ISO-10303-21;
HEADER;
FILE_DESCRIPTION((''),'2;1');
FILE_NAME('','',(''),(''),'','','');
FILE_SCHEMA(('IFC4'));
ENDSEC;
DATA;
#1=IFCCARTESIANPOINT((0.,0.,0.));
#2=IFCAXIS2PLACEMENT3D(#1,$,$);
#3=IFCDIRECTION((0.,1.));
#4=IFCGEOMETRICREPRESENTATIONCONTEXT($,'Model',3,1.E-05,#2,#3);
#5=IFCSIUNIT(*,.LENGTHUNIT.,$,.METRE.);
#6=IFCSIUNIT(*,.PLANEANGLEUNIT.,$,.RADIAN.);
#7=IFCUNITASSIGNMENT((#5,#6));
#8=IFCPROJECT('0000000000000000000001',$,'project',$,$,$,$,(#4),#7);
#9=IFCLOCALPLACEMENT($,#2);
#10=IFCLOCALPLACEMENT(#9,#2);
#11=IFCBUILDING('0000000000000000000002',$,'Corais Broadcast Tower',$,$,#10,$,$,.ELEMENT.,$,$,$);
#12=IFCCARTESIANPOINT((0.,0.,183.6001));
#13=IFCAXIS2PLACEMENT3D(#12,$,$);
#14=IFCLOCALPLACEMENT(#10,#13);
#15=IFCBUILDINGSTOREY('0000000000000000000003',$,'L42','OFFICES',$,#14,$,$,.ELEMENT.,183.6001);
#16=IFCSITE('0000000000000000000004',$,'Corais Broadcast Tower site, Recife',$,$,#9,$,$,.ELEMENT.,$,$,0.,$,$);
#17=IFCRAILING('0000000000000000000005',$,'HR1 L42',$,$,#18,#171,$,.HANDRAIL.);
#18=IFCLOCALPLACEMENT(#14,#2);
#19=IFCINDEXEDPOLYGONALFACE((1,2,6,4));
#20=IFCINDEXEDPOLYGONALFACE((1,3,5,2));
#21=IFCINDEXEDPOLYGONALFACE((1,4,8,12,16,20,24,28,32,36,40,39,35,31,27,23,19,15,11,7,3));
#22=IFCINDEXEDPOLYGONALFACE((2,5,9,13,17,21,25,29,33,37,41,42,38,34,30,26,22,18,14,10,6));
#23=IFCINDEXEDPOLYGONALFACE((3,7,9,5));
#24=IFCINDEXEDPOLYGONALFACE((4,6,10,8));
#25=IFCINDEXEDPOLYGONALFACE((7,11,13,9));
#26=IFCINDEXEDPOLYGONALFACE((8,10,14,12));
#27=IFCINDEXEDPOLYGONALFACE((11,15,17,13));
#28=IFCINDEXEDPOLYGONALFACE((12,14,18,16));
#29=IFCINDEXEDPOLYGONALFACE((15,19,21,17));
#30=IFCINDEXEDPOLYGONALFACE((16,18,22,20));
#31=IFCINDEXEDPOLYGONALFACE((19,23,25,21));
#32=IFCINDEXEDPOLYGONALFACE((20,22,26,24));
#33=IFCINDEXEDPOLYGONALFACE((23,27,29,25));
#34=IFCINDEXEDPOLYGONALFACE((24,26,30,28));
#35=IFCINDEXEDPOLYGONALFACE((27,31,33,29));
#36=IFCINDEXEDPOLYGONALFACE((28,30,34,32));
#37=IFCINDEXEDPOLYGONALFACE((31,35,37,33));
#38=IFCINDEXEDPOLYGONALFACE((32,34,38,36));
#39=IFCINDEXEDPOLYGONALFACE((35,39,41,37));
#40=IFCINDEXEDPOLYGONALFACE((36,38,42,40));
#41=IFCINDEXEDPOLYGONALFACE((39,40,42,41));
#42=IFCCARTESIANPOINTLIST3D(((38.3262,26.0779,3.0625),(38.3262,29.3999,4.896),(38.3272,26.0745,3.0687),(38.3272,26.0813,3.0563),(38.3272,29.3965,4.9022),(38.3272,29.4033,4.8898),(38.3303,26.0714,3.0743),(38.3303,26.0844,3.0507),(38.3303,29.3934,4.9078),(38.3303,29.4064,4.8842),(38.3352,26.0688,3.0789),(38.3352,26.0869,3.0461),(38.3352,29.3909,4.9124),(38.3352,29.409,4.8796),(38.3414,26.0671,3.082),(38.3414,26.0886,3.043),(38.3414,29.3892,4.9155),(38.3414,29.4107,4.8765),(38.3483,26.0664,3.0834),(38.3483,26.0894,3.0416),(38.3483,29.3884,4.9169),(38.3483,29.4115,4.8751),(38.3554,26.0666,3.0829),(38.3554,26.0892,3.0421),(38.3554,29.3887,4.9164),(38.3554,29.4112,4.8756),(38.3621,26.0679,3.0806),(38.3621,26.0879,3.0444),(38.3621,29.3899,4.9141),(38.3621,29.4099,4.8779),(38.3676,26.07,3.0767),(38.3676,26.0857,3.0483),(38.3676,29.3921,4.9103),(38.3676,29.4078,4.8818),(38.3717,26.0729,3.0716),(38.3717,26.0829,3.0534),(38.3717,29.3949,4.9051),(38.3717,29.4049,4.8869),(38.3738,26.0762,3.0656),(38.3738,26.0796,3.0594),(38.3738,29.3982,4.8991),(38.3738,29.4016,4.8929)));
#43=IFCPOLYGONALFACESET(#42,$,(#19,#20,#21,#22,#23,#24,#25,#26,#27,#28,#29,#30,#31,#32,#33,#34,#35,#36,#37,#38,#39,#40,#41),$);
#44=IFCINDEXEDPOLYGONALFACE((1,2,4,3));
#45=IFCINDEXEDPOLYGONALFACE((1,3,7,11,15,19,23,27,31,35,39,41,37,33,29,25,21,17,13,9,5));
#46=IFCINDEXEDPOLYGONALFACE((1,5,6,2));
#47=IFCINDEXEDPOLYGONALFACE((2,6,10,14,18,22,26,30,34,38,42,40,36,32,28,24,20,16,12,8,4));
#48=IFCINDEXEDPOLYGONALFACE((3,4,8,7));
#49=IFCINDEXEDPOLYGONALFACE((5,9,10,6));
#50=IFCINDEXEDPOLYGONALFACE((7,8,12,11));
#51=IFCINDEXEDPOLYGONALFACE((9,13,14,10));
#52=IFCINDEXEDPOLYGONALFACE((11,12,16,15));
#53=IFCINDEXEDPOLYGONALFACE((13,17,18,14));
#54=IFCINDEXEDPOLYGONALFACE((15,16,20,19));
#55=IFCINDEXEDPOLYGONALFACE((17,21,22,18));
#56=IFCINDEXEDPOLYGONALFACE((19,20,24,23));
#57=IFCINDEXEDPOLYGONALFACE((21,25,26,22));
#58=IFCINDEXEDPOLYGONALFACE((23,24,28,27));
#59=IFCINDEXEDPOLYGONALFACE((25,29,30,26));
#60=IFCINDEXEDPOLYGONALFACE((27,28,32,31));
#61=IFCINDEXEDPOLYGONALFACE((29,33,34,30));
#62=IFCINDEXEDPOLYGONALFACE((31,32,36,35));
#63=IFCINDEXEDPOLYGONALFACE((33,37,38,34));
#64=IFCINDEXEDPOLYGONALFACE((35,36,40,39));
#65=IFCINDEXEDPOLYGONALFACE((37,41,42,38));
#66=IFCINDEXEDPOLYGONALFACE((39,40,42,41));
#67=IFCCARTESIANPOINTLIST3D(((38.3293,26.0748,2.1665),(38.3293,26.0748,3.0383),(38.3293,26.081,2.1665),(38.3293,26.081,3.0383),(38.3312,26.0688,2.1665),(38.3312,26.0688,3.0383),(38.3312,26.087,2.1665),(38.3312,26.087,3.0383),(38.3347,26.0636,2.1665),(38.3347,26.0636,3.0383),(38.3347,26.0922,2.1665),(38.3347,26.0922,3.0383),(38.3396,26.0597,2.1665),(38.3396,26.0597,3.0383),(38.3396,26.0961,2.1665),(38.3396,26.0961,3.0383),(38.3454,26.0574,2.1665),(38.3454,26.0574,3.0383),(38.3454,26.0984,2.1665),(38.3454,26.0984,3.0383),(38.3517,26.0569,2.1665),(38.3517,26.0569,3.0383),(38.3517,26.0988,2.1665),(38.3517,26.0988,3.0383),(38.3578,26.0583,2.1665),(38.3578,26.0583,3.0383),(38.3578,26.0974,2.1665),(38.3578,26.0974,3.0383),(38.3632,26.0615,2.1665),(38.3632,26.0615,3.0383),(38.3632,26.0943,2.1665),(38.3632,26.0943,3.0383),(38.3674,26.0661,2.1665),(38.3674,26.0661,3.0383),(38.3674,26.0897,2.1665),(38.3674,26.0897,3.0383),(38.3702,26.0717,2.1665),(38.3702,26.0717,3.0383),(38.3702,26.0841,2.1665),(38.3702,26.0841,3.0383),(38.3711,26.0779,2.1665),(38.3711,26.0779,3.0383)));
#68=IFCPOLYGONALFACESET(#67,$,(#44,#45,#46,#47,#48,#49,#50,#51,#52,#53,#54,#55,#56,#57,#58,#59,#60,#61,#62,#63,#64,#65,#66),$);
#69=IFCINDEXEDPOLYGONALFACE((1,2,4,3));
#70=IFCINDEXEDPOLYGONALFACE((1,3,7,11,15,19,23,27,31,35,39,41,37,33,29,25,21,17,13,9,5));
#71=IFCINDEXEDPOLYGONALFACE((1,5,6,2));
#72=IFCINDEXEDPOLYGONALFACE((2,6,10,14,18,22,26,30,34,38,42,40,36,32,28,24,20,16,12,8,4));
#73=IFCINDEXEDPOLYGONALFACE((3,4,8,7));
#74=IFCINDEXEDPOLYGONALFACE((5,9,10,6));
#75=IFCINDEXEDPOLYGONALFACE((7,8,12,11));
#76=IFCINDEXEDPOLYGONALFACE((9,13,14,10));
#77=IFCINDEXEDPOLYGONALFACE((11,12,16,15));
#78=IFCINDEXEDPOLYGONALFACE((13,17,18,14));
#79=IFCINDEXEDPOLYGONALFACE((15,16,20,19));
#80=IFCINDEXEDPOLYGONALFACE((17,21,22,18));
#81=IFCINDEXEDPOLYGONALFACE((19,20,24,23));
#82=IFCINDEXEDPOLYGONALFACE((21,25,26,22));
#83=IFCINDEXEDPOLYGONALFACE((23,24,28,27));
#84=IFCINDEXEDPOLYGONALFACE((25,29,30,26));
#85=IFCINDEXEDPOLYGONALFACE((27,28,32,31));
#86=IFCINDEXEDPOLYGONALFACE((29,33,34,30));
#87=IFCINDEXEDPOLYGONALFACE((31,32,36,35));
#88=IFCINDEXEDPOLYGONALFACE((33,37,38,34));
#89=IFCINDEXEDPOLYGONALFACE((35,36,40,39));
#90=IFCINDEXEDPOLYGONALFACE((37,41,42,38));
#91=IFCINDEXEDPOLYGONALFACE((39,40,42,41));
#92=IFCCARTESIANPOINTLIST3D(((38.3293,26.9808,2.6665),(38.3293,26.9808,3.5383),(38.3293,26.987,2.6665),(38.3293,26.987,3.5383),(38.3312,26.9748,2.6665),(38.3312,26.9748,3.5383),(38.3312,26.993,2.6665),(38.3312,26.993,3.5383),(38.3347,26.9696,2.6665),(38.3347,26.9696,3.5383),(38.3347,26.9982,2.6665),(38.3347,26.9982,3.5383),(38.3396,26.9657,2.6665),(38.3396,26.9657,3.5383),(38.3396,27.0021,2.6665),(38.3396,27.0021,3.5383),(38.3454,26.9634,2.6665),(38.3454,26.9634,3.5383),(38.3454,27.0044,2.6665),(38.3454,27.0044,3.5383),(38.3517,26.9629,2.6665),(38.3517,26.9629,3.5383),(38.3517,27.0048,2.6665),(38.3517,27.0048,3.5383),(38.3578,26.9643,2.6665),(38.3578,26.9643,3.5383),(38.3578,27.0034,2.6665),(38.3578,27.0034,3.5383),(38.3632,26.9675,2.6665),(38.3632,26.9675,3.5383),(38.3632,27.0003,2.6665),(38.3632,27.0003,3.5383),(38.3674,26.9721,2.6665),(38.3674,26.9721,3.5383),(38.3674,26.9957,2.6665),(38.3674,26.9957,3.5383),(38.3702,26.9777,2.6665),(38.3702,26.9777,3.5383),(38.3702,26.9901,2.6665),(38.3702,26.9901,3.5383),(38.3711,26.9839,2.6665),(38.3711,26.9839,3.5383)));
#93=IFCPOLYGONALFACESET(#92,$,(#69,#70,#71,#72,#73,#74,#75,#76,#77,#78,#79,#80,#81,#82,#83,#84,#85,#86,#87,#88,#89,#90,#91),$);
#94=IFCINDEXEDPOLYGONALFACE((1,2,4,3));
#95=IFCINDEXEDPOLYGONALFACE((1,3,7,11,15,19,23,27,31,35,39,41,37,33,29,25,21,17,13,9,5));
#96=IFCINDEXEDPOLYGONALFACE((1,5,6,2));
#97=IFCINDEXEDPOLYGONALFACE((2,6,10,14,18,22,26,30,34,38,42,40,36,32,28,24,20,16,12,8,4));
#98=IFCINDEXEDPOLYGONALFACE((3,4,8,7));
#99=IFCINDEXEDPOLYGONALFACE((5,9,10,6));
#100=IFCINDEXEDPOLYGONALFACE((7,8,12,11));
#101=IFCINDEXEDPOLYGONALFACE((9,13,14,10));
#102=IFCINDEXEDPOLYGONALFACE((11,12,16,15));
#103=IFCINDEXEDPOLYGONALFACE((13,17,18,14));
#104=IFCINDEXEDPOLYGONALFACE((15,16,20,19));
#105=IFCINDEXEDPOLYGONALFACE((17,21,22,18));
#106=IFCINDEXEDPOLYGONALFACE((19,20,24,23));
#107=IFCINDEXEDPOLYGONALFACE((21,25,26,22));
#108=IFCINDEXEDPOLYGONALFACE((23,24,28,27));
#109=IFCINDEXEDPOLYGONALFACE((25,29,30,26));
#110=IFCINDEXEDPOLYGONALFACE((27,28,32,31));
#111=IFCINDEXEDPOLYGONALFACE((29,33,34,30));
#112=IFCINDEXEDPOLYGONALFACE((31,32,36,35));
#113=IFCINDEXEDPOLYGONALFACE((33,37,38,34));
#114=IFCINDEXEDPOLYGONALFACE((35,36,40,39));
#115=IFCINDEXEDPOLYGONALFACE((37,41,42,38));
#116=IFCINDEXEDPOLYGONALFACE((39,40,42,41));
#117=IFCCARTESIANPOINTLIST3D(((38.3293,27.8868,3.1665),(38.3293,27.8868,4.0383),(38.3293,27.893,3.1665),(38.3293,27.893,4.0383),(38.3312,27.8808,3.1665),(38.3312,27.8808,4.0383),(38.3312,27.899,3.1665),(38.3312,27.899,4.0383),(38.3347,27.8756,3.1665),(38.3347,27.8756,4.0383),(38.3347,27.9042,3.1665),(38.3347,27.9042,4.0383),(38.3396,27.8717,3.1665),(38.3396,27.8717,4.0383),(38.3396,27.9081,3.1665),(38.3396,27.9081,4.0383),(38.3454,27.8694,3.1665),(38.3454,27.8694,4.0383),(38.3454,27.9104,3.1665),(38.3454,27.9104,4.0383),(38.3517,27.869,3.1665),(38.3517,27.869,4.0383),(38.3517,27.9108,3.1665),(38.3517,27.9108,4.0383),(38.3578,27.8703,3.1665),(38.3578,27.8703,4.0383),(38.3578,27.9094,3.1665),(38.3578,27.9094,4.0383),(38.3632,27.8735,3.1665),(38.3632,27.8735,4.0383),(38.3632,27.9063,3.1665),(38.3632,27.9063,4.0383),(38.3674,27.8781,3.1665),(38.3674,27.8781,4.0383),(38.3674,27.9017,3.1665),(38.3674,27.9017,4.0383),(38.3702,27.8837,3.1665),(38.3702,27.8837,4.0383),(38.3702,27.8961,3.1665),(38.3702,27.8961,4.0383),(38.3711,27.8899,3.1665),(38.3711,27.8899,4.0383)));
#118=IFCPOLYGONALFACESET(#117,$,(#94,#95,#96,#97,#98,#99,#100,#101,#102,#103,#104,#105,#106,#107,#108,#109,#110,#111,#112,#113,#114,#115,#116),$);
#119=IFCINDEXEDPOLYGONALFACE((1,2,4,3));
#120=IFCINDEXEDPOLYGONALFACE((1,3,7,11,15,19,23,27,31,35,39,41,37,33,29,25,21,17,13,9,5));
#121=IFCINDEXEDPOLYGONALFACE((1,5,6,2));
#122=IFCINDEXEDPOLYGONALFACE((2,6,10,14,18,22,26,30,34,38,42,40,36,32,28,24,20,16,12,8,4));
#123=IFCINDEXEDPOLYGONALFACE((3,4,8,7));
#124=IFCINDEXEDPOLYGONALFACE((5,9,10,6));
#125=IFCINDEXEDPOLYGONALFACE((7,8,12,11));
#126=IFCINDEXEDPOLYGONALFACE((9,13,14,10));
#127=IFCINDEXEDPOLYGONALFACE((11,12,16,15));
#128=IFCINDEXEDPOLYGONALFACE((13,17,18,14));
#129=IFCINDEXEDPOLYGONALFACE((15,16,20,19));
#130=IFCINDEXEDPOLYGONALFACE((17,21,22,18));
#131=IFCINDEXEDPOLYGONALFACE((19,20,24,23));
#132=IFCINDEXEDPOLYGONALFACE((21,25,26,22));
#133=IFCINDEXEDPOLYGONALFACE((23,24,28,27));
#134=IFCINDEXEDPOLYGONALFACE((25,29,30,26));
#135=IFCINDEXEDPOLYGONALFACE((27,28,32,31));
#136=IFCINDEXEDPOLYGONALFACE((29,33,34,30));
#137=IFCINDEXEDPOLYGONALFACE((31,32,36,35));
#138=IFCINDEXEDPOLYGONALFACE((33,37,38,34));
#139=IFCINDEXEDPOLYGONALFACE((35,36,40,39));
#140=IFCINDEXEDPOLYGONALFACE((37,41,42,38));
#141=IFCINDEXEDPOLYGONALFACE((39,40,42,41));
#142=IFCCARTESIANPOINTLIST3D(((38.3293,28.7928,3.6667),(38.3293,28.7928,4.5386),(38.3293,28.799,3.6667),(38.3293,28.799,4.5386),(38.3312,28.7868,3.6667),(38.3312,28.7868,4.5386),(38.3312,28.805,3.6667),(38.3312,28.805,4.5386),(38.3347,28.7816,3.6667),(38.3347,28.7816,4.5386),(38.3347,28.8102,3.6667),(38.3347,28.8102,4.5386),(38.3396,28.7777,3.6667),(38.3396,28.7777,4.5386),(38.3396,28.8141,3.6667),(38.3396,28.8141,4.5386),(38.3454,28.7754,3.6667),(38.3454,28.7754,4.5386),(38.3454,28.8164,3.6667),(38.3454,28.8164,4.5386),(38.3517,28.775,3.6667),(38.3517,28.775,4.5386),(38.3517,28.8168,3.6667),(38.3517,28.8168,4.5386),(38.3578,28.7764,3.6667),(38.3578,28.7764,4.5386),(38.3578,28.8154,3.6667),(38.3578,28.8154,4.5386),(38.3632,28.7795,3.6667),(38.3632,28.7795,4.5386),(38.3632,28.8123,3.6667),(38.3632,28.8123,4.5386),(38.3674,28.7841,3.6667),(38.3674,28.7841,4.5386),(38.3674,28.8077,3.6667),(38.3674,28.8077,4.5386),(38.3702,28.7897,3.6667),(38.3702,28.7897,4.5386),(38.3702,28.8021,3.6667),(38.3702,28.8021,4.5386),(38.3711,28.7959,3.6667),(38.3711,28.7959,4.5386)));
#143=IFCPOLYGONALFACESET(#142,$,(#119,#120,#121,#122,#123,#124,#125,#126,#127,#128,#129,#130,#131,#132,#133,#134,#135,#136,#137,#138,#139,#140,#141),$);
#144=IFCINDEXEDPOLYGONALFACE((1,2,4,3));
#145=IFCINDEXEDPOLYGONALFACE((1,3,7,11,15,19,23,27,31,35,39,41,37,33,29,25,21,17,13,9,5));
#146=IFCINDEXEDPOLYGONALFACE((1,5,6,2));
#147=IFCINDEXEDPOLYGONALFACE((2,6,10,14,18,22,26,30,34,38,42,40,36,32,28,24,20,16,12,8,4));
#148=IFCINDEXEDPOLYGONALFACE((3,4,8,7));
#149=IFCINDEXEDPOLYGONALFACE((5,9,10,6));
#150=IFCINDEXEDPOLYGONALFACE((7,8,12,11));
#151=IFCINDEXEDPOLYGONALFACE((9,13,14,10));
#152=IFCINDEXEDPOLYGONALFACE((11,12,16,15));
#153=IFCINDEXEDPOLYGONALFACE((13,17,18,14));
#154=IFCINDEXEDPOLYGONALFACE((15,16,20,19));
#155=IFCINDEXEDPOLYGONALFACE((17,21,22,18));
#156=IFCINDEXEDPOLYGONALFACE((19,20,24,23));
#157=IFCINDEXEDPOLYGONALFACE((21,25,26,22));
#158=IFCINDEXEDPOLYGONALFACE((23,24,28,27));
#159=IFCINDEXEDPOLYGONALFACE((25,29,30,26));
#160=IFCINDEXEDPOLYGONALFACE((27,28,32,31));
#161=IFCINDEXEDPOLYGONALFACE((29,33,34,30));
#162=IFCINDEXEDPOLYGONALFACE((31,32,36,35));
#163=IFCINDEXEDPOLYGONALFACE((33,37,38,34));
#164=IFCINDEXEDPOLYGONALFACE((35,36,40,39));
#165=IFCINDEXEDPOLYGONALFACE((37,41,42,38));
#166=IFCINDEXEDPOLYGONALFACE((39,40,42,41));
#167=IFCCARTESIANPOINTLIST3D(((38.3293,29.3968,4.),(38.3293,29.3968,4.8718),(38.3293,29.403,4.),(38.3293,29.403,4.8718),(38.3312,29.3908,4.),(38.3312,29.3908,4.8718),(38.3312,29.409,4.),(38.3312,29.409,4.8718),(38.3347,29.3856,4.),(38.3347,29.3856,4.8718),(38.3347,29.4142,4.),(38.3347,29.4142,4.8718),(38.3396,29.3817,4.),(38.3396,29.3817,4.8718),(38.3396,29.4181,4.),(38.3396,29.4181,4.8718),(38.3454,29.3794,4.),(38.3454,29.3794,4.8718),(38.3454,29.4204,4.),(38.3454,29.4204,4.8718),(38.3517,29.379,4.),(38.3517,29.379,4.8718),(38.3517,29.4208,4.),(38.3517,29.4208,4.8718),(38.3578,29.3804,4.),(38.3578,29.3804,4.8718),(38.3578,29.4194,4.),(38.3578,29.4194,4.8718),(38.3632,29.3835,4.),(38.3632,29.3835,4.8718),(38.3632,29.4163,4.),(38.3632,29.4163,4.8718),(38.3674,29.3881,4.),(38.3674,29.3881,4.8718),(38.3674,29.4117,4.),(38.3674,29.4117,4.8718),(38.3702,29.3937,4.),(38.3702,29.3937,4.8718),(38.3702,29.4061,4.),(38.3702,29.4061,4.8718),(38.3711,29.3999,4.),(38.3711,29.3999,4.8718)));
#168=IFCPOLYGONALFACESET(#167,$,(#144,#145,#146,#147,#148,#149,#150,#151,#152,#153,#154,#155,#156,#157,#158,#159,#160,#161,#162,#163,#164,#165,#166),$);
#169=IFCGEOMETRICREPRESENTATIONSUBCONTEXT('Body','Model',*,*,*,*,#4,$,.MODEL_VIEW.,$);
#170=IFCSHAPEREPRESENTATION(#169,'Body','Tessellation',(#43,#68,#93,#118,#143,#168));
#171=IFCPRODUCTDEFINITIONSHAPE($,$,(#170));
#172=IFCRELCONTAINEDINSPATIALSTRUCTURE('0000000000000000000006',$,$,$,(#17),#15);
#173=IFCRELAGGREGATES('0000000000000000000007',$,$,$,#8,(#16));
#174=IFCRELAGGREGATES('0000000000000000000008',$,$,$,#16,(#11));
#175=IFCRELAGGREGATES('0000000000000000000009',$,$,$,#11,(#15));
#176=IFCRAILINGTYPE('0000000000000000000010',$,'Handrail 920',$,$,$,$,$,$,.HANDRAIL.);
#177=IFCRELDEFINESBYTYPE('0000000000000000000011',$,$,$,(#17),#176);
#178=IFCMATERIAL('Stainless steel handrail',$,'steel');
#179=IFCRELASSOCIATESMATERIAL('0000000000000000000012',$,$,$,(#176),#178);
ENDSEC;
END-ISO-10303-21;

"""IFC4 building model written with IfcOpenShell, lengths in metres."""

from ifc_helpers import new_model, si_unit, direction, frame, origin, origin_2d, place, context, subcontext, project, spatial, circle, extrude, material, type_object, element, save


model = new_model("IFC4")

# Units and contexts
model_context = context("Model", 3, precision=1e-05, world=origin(), true_north=direction((0.0, 1.0)))
body_context = subcontext(model_context, "Body", "Model", "MODEL_VIEW")
ifc_project = project(units=[si_unit("LENGTHUNIT", "METRE"), si_unit("PLANEANGLEUNIT", "RADIAN")], contexts=[model_context])

# Site, building, storey
site_placement = place(None, origin())
site = spatial("IfcSite", under=ifc_project, at=site_placement, Name="Corais Broadcast Tower site, Recife", CompositionType="ELEMENT", RefElevation=0.0)
building_placement = place(site_placement, origin())
building = spatial("IfcBuilding", under=site, at=building_placement, Name="Corais Broadcast Tower", CompositionType="ELEMENT")
storey_placement = place(building_placement, frame((0.0, 0.0, 183.6001)))
storey = spatial("IfcBuildingStorey", under=building, at=storey_placement, Name="L42", Description="OFFICES", CompositionType="ELEMENT", Elevation=183.6001)

# Railing
ifc_material_1 = material(Name="Stainless steel handrail", Category="steel")
railing_type = type_object("IfcRailingType", Name="Handrail 920", PredefinedType="HANDRAIL", material=ifc_material_1)
railing_placement = place(storey_placement, frame((38.3501, 26.0779, 2.1665)))
element("IfcRailing", 1, at=railing_placement, inside=storey, type_object=railing_type, Name="HR1 L42", PredefinedType="HANDRAIL", context=body_context, shape_type="SweptSolid", body=[
    extrude(circle(Radius=0.0239, at=origin_2d()), frame((0.0, 0.0, 0.896), z_axis=(0.0, 0.875504, 0.48321), x_axis=(-1.0, 0.0, 0.0)), (0.0, 0.0, 1.0), 3.7944),
    extrude(circle(Radius=0.021, at=origin_2d()), origin(), (0.0, 0.0, 1.0), 0.8718),
    extrude(circle(Radius=0.021, at=origin_2d()), frame((0.0, 0.906, 0.5)), (0.0, 0.0, 1.0), 0.8718),
    extrude(circle(Radius=0.021, at=origin_2d()), frame((0.0, 1.812, 1.0)), (0.0, 0.0, 1.0), 0.8718),
    extrude(circle(Radius=0.021, at=origin_2d()), frame((0.0, 2.718, 1.5002)), (0.0, 0.0, 1.0), 0.8718),
    extrude(circle(Radius=0.021, at=origin_2d()), frame((0.0, 3.322, 1.8335)), (0.0, 0.0, 1.0), 0.8718),
])

save(model, "model.ifc")
